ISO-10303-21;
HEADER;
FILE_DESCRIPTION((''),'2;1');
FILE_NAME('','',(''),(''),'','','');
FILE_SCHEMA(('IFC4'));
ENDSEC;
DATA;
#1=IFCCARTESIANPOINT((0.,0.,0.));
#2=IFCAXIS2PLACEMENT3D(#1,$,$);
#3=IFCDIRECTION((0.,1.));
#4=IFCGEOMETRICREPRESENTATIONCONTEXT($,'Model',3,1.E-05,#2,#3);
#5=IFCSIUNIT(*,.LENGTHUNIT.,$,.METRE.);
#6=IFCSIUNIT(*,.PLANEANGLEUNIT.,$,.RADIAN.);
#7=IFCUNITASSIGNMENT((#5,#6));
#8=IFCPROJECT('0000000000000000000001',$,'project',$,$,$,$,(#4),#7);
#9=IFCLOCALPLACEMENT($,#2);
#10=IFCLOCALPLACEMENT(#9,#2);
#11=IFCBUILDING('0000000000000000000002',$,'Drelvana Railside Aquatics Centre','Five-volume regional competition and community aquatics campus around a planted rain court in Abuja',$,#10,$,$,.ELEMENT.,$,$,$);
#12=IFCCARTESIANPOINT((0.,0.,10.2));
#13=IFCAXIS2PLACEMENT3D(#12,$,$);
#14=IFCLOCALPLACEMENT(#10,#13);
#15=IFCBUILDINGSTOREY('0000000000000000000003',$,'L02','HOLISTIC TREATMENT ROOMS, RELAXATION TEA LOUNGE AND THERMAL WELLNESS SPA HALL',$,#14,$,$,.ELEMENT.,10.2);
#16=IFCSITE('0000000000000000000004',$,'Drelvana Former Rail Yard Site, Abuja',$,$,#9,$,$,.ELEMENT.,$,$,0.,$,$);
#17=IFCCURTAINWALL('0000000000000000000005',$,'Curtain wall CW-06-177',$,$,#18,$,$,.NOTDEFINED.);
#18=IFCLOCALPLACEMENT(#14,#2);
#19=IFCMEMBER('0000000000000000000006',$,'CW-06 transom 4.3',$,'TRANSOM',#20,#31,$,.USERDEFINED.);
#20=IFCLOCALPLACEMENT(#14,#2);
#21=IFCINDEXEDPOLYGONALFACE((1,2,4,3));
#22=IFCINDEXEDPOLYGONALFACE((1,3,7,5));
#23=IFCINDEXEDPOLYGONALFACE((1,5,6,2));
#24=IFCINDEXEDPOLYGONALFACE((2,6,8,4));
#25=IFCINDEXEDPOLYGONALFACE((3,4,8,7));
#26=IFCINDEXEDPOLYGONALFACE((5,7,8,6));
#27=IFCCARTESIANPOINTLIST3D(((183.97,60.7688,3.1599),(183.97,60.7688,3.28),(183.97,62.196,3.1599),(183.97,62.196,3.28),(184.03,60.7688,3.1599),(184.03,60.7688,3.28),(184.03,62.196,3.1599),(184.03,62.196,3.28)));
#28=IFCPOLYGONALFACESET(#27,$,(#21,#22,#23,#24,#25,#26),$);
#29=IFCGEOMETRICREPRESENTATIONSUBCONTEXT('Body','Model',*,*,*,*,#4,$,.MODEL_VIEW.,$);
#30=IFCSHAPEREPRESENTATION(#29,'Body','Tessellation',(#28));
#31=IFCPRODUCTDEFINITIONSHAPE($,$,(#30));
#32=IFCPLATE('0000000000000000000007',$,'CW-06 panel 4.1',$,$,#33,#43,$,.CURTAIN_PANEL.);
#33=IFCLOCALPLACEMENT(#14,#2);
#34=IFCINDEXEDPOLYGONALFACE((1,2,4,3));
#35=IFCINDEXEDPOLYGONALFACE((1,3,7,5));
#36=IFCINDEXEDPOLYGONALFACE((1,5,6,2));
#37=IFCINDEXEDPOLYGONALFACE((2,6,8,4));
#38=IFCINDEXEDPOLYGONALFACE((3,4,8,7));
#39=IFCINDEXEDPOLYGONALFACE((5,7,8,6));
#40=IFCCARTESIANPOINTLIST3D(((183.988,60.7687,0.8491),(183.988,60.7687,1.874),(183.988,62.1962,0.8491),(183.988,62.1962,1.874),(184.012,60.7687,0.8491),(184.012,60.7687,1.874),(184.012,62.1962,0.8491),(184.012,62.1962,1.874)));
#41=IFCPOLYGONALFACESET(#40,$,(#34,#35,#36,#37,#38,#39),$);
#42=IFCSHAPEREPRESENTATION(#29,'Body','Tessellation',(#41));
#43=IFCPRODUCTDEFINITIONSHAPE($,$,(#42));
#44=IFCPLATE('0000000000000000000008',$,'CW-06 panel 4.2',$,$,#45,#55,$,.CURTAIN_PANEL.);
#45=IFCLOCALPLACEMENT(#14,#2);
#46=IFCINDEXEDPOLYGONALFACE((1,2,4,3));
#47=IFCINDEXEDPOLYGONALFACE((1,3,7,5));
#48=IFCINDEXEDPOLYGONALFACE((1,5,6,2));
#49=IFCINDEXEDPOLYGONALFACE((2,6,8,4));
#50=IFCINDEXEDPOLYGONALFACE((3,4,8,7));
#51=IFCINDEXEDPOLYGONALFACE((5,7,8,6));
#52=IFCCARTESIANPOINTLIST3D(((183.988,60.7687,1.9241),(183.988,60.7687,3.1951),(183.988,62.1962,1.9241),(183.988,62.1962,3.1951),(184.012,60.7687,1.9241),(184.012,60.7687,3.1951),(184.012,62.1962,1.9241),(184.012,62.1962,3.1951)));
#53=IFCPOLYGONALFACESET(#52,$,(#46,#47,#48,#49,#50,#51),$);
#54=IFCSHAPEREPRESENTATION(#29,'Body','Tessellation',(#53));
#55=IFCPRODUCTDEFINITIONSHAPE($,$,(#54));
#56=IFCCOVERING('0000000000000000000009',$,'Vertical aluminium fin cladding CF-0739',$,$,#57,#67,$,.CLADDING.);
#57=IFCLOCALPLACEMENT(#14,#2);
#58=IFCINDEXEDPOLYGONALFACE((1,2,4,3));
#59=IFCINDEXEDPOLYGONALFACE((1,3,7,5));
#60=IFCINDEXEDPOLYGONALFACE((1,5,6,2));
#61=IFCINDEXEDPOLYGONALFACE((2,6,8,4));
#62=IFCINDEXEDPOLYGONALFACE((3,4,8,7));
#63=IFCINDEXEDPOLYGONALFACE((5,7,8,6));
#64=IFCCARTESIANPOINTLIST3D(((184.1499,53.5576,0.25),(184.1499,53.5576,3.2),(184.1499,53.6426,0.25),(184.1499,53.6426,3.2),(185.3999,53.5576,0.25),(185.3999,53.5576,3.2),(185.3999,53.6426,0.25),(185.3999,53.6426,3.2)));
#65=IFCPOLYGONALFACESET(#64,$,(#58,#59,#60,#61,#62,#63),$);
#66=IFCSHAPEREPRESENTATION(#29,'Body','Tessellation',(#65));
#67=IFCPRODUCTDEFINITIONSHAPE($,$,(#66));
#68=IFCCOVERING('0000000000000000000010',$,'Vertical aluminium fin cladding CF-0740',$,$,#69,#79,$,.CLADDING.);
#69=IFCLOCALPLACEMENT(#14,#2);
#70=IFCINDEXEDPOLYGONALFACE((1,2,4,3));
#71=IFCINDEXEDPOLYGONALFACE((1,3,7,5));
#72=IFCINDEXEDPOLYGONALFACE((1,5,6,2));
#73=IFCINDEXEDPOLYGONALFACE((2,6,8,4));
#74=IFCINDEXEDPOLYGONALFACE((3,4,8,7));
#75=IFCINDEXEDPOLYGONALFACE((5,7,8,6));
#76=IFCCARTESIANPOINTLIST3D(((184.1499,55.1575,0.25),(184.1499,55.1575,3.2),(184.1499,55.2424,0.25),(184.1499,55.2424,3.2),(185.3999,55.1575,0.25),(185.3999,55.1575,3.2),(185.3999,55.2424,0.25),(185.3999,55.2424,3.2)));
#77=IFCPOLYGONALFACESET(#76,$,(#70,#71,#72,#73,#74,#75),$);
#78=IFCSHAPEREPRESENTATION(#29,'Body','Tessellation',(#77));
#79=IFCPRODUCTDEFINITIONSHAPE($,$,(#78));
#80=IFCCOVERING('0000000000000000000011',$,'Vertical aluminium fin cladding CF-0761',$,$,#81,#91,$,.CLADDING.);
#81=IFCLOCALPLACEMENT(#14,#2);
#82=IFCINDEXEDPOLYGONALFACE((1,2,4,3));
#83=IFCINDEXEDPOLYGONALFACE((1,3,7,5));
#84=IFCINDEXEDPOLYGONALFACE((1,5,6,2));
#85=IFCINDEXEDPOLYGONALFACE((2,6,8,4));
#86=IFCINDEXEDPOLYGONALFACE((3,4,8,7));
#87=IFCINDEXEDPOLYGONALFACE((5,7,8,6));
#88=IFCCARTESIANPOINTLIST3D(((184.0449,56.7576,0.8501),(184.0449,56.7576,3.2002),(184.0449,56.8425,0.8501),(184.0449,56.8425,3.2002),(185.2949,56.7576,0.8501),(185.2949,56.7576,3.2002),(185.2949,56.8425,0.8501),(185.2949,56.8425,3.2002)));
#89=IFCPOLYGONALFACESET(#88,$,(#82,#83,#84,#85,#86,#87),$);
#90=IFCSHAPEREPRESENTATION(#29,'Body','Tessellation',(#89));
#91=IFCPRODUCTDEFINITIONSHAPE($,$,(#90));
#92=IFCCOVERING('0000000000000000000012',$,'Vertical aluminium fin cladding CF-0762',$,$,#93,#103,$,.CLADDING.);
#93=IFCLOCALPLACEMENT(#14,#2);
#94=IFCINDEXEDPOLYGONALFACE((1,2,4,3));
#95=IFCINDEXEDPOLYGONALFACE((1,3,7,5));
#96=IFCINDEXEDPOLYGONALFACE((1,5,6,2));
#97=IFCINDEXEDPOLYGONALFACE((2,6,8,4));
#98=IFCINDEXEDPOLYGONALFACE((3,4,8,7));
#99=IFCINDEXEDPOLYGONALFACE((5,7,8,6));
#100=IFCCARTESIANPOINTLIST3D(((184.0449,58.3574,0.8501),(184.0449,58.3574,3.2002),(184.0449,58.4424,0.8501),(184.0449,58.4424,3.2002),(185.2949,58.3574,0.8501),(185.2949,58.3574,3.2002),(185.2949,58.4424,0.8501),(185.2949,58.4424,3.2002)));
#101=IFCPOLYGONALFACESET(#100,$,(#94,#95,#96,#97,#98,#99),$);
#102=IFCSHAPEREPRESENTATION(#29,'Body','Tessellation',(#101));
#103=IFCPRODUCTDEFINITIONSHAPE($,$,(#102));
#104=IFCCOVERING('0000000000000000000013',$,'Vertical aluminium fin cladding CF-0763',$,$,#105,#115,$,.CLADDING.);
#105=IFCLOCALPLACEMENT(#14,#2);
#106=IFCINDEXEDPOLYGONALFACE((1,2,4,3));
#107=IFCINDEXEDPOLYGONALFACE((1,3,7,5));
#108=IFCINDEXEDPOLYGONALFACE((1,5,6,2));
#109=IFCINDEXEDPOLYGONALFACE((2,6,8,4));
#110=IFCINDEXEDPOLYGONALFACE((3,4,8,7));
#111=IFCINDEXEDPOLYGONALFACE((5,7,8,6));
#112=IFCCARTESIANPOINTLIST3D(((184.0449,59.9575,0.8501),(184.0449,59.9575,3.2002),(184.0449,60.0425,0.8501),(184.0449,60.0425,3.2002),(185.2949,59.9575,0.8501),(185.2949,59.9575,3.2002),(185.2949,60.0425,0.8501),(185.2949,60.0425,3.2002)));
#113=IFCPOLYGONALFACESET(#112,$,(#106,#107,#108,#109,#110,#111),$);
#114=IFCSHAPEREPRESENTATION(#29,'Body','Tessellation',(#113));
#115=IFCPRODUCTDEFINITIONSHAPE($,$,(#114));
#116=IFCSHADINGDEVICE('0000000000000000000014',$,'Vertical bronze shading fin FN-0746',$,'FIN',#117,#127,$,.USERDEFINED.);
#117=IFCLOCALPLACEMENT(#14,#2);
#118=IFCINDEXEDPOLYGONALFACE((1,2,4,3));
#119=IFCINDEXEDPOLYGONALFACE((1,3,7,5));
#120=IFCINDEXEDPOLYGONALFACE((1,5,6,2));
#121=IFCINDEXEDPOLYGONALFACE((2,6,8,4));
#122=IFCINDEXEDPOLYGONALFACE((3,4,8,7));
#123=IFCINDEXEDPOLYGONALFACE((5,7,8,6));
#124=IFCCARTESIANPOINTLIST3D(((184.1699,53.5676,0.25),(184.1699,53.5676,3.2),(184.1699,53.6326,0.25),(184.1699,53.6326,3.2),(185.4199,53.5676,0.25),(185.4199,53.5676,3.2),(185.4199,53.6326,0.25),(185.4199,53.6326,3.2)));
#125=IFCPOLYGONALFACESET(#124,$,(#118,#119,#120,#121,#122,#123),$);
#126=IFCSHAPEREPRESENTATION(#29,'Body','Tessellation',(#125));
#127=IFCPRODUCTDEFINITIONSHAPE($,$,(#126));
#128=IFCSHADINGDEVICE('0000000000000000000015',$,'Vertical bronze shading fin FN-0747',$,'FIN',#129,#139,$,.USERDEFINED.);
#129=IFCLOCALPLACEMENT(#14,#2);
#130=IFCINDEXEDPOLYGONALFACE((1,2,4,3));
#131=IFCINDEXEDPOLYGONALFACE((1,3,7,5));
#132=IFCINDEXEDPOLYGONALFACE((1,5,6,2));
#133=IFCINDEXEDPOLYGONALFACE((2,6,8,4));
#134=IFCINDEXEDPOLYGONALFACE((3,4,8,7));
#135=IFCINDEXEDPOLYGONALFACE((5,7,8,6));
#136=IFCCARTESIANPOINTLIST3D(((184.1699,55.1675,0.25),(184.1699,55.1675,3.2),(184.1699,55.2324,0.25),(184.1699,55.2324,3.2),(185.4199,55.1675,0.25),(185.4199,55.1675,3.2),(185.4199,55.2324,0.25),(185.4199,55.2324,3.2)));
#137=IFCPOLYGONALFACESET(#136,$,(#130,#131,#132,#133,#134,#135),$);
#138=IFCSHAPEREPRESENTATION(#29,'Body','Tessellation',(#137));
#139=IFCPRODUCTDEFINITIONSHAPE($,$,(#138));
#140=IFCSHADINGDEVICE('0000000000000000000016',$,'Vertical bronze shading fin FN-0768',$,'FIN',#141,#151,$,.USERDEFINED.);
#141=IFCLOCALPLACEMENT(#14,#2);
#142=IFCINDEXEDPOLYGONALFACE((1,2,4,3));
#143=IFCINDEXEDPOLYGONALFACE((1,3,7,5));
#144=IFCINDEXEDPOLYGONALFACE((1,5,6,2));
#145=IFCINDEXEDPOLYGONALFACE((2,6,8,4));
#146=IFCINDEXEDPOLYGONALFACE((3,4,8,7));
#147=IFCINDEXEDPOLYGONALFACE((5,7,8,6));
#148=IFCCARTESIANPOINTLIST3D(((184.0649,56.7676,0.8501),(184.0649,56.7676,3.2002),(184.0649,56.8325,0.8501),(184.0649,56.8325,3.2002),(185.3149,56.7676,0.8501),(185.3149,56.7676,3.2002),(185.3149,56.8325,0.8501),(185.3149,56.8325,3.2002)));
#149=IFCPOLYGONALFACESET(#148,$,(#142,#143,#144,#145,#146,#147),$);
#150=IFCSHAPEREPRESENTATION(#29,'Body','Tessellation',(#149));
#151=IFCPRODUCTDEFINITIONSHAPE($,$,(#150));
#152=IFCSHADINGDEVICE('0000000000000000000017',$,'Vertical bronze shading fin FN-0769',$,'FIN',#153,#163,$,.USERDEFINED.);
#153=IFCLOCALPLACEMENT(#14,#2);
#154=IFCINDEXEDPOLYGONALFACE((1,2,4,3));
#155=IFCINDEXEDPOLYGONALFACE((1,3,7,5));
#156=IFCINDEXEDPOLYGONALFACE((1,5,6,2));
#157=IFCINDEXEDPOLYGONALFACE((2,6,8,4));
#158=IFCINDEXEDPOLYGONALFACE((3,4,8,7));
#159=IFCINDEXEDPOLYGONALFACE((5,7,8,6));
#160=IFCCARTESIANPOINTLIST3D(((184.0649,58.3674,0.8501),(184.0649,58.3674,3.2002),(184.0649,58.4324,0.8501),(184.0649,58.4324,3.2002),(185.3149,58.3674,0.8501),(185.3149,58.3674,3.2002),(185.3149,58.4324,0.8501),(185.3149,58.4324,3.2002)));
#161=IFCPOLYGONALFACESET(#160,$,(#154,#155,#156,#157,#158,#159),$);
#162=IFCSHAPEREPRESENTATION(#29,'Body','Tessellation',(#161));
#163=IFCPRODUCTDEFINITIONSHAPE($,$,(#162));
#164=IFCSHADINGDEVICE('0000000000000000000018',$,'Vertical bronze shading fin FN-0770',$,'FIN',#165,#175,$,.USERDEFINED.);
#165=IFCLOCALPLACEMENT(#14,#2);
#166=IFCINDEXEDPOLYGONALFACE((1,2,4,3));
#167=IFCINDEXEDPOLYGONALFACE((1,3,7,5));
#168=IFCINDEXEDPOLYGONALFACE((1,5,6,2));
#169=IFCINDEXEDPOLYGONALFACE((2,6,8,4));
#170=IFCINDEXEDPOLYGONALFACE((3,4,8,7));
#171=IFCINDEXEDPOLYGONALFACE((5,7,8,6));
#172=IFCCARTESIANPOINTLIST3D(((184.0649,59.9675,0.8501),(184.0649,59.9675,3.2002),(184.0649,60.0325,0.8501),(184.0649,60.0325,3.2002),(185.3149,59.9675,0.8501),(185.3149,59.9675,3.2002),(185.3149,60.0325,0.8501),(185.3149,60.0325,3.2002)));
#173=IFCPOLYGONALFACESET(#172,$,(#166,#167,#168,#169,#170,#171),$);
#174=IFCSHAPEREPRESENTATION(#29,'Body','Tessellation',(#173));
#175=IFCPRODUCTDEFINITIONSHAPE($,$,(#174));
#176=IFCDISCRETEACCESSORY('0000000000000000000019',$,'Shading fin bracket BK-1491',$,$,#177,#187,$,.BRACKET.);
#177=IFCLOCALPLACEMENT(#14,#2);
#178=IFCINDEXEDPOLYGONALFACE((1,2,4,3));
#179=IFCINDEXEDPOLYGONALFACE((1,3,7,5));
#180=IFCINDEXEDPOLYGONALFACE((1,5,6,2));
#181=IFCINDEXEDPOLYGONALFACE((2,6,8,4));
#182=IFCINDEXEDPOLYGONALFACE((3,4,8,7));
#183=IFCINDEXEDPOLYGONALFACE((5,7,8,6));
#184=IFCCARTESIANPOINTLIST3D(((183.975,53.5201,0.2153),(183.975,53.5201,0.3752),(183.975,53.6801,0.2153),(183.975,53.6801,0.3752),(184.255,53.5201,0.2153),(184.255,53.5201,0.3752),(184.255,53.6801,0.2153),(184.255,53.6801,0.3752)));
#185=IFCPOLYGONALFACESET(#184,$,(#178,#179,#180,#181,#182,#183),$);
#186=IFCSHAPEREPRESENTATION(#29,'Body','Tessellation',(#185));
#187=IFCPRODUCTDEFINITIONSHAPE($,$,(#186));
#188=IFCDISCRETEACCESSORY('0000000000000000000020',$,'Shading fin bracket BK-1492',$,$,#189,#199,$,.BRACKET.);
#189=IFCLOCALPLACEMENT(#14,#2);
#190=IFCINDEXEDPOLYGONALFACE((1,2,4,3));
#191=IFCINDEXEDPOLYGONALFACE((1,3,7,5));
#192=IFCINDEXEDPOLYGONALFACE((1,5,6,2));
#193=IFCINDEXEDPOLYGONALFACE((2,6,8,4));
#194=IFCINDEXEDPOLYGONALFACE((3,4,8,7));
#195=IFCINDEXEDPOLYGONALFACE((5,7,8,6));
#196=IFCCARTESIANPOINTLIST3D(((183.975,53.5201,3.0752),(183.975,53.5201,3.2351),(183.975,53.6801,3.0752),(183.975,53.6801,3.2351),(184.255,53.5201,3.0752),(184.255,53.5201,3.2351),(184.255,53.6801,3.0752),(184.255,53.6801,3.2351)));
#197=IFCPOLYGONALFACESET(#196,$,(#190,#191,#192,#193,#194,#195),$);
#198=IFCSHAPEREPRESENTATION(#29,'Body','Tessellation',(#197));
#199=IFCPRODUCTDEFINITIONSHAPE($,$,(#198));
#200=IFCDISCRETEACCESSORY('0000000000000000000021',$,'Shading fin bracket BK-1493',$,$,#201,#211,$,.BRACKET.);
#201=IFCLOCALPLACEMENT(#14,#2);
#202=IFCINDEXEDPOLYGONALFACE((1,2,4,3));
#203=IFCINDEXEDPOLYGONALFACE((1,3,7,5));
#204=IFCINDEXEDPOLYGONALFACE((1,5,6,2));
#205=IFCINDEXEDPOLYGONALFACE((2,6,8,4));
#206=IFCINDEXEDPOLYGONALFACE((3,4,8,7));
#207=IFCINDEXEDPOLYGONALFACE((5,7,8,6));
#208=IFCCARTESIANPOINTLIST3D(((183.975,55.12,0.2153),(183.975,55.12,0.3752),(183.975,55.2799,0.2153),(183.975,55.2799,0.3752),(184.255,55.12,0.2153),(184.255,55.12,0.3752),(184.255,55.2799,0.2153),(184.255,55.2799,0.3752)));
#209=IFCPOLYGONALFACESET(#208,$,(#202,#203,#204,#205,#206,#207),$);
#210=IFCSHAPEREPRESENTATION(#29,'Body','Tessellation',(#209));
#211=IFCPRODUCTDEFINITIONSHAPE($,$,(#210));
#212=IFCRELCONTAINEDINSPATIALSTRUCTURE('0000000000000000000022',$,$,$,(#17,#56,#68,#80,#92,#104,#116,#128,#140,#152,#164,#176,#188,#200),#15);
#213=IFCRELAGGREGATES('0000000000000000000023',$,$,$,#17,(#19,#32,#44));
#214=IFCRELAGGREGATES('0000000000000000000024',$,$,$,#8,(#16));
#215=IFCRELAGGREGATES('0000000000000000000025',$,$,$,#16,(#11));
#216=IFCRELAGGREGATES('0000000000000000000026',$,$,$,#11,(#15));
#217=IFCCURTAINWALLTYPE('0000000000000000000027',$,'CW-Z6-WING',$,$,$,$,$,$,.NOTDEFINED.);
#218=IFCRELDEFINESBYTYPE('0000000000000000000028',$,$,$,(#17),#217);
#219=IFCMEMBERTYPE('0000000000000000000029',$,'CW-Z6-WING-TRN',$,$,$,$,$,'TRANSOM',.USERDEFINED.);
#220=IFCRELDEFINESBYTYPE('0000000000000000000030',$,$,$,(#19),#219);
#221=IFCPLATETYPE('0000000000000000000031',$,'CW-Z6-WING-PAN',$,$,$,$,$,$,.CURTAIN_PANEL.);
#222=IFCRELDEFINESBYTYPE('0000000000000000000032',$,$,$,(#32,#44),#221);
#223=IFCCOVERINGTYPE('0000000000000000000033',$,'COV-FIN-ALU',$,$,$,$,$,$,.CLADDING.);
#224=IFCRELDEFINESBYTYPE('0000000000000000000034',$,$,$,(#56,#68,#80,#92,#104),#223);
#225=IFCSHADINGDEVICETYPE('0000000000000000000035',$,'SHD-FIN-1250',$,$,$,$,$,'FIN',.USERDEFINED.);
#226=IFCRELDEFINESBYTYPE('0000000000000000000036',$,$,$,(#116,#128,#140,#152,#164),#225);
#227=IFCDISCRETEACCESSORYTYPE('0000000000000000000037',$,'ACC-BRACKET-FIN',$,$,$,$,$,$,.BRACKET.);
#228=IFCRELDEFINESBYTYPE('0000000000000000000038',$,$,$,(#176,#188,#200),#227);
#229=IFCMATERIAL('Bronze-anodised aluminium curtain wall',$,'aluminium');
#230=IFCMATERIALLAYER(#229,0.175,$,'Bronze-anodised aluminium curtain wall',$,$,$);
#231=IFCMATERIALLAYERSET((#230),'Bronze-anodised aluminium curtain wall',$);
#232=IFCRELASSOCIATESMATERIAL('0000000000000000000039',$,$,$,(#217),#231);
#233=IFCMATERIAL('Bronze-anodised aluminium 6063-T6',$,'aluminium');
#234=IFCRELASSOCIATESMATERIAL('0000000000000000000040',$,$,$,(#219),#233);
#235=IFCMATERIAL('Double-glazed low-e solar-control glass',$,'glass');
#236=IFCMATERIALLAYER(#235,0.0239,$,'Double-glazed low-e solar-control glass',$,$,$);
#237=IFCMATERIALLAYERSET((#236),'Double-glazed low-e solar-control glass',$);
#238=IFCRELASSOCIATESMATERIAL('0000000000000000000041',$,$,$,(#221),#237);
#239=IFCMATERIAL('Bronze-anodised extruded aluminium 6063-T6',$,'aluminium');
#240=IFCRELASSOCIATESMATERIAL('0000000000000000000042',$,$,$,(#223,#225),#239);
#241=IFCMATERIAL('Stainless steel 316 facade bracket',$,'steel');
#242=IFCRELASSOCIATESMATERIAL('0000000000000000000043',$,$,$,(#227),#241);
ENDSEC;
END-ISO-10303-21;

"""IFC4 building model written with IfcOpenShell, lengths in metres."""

from ifc_helpers import new_model, si_unit, direction, frame, origin, origin_2d, place, context, subcontext, project, spatial, rectangle, extrude, material, layer, layer_set, material_profile, profile_set, type_object, element, aggregate, save


model = new_model("IFC4")

# Units and contexts
model_context = context("Model", 3, precision=1e-05, world=origin(), true_north=direction((0.0, 1.0)))
body_context = subcontext(model_context, "Body", "Model", "MODEL_VIEW")
ifc_project = project(units=[si_unit("LENGTHUNIT", "METRE"), si_unit("PLANEANGLEUNIT", "RADIAN")], contexts=[model_context])

# Site, building, storey
site_placement = place(None, origin())
site = spatial("IfcSite", under=ifc_project, at=site_placement, Name="Drelvana Former Rail Yard Site, Abuja", CompositionType="ELEMENT", RefElevation=0.0)
building_placement = place(site_placement, origin())
building = spatial("IfcBuilding", under=site, at=building_placement, Name="Drelvana Railside Aquatics Centre", Description="Five-volume regional competition and community aquatics campus around a planted rain court in Abuja", CompositionType="ELEMENT")
storey_placement = place(building_placement, frame((0.0, 0.0, 10.2)))
storey = spatial("IfcBuildingStorey", under=building, at=storey_placement, Name="L02", Description="HOLISTIC TREATMENT ROOMS, RELAXATION TEA LOUNGE AND THERMAL WELLNESS SPA HALL", CompositionType="ELEMENT", Elevation=10.2)

# Curtain wall, member, plates
ifc_material_1 = material(Name="Bronze-anodised aluminium curtain wall", Category="aluminium")
ifc_layer_1 = layer(ifc_material_1, 0.175, Name="Bronze-anodised aluminium curtain wall")
ifc_layer_set_1 = layer_set([ifc_layer_1], Name="Bronze-anodised aluminium curtain wall")
curtain_wall_type = type_object("IfcCurtainWallType", Name="CW-Z6-WING", PredefinedType="NOTDEFINED", material=ifc_layer_set_1)
curtain_wall_placement = place(storey_placement, origin())
curtain_wall = element("IfcCurtainWall", 1, at=curtain_wall_placement, inside=storey, type_object=curtain_wall_type, Name="Curtain wall CW-06-177", PredefinedType="NOTDEFINED")
ifc_material_2 = material(Name="Bronze-anodised aluminium 6063-T6", Category="aluminium")
ifc_material_profile = material_profile(ifc_material_2, rectangle(XDim=0.1201, YDim=0.0601, at=origin_2d()), Name="ALU-T 60x120")
ifc_profile_set = profile_set([ifc_material_profile], Name="Bronze-anodised aluminium 6063-T6")
member_type = type_object("IfcMemberType", Name="CW-Z6-WING-TRN", ElementType="TRANSOM", PredefinedType="USERDEFINED", material=ifc_profile_set)
member_placement = place(storey_placement, frame((184.0, 60.7688, 3.22), z_axis=(0.0, 1.0, 0.0), x_axis=(0.0, 0.0, 1.0)))
member = element("IfcMember", 2, at=member_placement, type_object=member_type, Name="CW-06 transom 4.3", ObjectType="TRANSOM", PredefinedType="USERDEFINED", context=body_context, shape_type="SweptSolid", body=[
    extrude(rectangle(XDim=0.1201, YDim=0.0601, at=origin_2d()), origin(), (0.0, 0.0, 1.0), 1.4272),
])
ifc_material_3 = material(Name="Double-glazed low-e solar-control glass", Category="glass")
ifc_layer_2 = layer(ifc_material_3, 0.0239, Name="Double-glazed low-e solar-control glass")
ifc_layer_set_2 = layer_set([ifc_layer_2], Name="Double-glazed low-e solar-control glass")
plate_type = type_object("IfcPlateType", Name="CW-Z6-WING-PAN", PredefinedType="CURTAIN_PANEL", material=ifc_layer_set_2)
plate_1_placement = place(storey_placement, frame((184.0, 61.4824, 0.8491), z_axis=(0.0, 0.0, 1.0), x_axis=(0.0, 1.0, 0.0)))
plate_1 = element("IfcPlate", 3, at=plate_1_placement, type_object=plate_type, Name="CW-06 panel 4.1", PredefinedType="CURTAIN_PANEL", context=body_context, shape_type="SweptSolid", body=[
    extrude(rectangle(XDim=1.4275, YDim=0.0239, at=origin_2d()), origin(), (0.0, 0.0, 1.0), 1.0249),
])
plate_2_placement = place(storey_placement, frame((184.0, 61.4824, 1.9241), z_axis=(0.0, 0.0, 1.0), x_axis=(0.0, 1.0, 0.0)))
plate_2 = element("IfcPlate", 4, at=plate_2_placement, type_object=plate_type, Name="CW-06 panel 4.2", PredefinedType="CURTAIN_PANEL", context=body_context, shape_type="SweptSolid", body=[
    extrude(rectangle(XDim=1.4275, YDim=0.0239, at=origin_2d()), origin(), (0.0, 0.0, 1.0), 1.271),
])
aggregate(curtain_wall, [member, plate_1, plate_2])

# Coverings
ifc_material_4 = material(Name="Bronze-anodised extruded aluminium 6063-T6", Category="aluminium")
covering_type = type_object("IfcCoveringType", Name="COV-FIN-ALU", PredefinedType="CLADDING", material=ifc_material_4)
for number, where, z_axis, x_axis, name in (
    (5, (184.7749, 53.6001, 0.25), (0.0, 0.0, 1.0), (0.0, -1.0, 0.0), "Vertical aluminium fin cladding CF-0739"),
    (6, (184.7749, 55.2, 0.25), (0.0, 0.0, 1.0), (0.0, -1.0, 0.0), "Vertical aluminium fin cladding CF-0740"),
):
    element("IfcCovering", number, at=place(storey_placement, frame(where, z_axis=z_axis, x_axis=x_axis)), inside=storey, type_object=covering_type, Name=name, PredefinedType="CLADDING", context=body_context, shape_type="SweptSolid", body=[
        extrude(rectangle(XDim=0.085, YDim=1.25, at=origin_2d()), origin(), (0.0, 0.0, 1.0), 2.95),
    ])
for number, where, z_axis, x_axis, name in (
    (7, (184.6699, 56.8, 0.8501), (0.0, 0.0, 1.0), (0.0, -1.0, 0.0), "Vertical aluminium fin cladding CF-0761"),
    (8, (184.6699, 58.3999, 0.8501), (0.0, 0.0, 1.0), (0.0, -1.0, 0.0), "Vertical aluminium fin cladding CF-0762"),
    (9, (184.6699, 60.0, 0.8501), (0.0, 0.0, 1.0), (0.0, -1.0, 0.0), "Vertical aluminium fin cladding CF-0763"),
):
    element("IfcCovering", number, at=place(storey_placement, frame(where, z_axis=z_axis, x_axis=x_axis)), inside=storey, type_object=covering_type, Name=name, PredefinedType="CLADDING", context=body_context, shape_type="SweptSolid", body=[
        extrude(rectangle(XDim=0.085, YDim=1.25, at=origin_2d()), origin(), (0.0, 0.0, 1.0), 2.3501),
    ])

# Shading devices
shading_device_type = type_object("IfcShadingDeviceType", Name="SHD-FIN-1250", ElementType="FIN", PredefinedType="USERDEFINED", material=ifc_material_4)
for number, where, z_axis, x_axis, name in (
    (10, (184.7949, 53.6001, 0.25), (0.0, 0.0, 1.0), (1.0, 0.0, 0.0), "Vertical bronze shading fin FN-0746"),
    (11, (184.7949, 55.2, 0.25), (0.0, 0.0, 1.0), (1.0, 0.0, 0.0), "Vertical bronze shading fin FN-0747"),
):
    element("IfcShadingDevice", number, at=place(storey_placement, frame(where, z_axis=z_axis, x_axis=x_axis)), inside=storey, type_object=shading_device_type, Name=name, ObjectType="FIN", PredefinedType="USERDEFINED", context=body_context, shape_type="SweptSolid", body=[
        extrude(rectangle(XDim=1.25, YDim=0.0649, at=origin_2d()), origin(), (0.0, 0.0, 1.0), 2.95),
    ])
for number, where, z_axis, x_axis, name in (
    (12, (184.6899, 56.8, 0.8501), (0.0, 0.0, 1.0), (1.0, 0.0, 0.0), "Vertical bronze shading fin FN-0768"),
    (13, (184.6899, 58.3999, 0.8501), (0.0, 0.0, 1.0), (1.0, 0.0, 0.0), "Vertical bronze shading fin FN-0769"),
    (14, (184.6899, 60.0, 0.8501), (0.0, 0.0, 1.0), (1.0, 0.0, 0.0), "Vertical bronze shading fin FN-0770"),
):
    element("IfcShadingDevice", number, at=place(storey_placement, frame(where, z_axis=z_axis, x_axis=x_axis)), inside=storey, type_object=shading_device_type, Name=name, ObjectType="FIN", PredefinedType="USERDEFINED", context=body_context, shape_type="SweptSolid", body=[
        extrude(rectangle(XDim=1.25, YDim=0.0649, at=origin_2d()), origin(), (0.0, 0.0, 1.0), 2.3501),
    ])

# Discrete accessories
ifc_material_5 = material(Name="Stainless steel 316 facade bracket", Category="steel")
discrete_accessory_type = type_object("IfcDiscreteAccessoryType", Name="ACC-BRACKET-FIN", PredefinedType="BRACKET", material=ifc_material_5)
for number, where, z_axis, x_axis, name in (
    (15, (184.115, 53.6001, 0.2153), (0.0, 0.0, 1.0), (1.0, 0.0, 0.0), "Shading fin bracket BK-1491"),
    (16, (184.115, 53.6001, 3.0752), (0.0, 0.0, 1.0), (1.0, 0.0, 0.0), "Shading fin bracket BK-1492"),
    (17, (184.115, 55.2, 0.2153), (0.0, 0.0, 1.0), (1.0, 0.0, 0.0), "Shading fin bracket BK-1493"),
):
    element("IfcDiscreteAccessory", number, at=place(storey_placement, frame(where, z_axis=z_axis, x_axis=x_axis)), inside=storey, type_object=discrete_accessory_type, Name=name, PredefinedType="BRACKET", context=body_context, shape_type="SweptSolid", body=[
        extrude(rectangle(XDim=0.28, YDim=0.1599, at=origin_2d()), origin(), (0.0, 0.0, 1.0), 0.1599),
    ])

save(model, "model.ifc")
